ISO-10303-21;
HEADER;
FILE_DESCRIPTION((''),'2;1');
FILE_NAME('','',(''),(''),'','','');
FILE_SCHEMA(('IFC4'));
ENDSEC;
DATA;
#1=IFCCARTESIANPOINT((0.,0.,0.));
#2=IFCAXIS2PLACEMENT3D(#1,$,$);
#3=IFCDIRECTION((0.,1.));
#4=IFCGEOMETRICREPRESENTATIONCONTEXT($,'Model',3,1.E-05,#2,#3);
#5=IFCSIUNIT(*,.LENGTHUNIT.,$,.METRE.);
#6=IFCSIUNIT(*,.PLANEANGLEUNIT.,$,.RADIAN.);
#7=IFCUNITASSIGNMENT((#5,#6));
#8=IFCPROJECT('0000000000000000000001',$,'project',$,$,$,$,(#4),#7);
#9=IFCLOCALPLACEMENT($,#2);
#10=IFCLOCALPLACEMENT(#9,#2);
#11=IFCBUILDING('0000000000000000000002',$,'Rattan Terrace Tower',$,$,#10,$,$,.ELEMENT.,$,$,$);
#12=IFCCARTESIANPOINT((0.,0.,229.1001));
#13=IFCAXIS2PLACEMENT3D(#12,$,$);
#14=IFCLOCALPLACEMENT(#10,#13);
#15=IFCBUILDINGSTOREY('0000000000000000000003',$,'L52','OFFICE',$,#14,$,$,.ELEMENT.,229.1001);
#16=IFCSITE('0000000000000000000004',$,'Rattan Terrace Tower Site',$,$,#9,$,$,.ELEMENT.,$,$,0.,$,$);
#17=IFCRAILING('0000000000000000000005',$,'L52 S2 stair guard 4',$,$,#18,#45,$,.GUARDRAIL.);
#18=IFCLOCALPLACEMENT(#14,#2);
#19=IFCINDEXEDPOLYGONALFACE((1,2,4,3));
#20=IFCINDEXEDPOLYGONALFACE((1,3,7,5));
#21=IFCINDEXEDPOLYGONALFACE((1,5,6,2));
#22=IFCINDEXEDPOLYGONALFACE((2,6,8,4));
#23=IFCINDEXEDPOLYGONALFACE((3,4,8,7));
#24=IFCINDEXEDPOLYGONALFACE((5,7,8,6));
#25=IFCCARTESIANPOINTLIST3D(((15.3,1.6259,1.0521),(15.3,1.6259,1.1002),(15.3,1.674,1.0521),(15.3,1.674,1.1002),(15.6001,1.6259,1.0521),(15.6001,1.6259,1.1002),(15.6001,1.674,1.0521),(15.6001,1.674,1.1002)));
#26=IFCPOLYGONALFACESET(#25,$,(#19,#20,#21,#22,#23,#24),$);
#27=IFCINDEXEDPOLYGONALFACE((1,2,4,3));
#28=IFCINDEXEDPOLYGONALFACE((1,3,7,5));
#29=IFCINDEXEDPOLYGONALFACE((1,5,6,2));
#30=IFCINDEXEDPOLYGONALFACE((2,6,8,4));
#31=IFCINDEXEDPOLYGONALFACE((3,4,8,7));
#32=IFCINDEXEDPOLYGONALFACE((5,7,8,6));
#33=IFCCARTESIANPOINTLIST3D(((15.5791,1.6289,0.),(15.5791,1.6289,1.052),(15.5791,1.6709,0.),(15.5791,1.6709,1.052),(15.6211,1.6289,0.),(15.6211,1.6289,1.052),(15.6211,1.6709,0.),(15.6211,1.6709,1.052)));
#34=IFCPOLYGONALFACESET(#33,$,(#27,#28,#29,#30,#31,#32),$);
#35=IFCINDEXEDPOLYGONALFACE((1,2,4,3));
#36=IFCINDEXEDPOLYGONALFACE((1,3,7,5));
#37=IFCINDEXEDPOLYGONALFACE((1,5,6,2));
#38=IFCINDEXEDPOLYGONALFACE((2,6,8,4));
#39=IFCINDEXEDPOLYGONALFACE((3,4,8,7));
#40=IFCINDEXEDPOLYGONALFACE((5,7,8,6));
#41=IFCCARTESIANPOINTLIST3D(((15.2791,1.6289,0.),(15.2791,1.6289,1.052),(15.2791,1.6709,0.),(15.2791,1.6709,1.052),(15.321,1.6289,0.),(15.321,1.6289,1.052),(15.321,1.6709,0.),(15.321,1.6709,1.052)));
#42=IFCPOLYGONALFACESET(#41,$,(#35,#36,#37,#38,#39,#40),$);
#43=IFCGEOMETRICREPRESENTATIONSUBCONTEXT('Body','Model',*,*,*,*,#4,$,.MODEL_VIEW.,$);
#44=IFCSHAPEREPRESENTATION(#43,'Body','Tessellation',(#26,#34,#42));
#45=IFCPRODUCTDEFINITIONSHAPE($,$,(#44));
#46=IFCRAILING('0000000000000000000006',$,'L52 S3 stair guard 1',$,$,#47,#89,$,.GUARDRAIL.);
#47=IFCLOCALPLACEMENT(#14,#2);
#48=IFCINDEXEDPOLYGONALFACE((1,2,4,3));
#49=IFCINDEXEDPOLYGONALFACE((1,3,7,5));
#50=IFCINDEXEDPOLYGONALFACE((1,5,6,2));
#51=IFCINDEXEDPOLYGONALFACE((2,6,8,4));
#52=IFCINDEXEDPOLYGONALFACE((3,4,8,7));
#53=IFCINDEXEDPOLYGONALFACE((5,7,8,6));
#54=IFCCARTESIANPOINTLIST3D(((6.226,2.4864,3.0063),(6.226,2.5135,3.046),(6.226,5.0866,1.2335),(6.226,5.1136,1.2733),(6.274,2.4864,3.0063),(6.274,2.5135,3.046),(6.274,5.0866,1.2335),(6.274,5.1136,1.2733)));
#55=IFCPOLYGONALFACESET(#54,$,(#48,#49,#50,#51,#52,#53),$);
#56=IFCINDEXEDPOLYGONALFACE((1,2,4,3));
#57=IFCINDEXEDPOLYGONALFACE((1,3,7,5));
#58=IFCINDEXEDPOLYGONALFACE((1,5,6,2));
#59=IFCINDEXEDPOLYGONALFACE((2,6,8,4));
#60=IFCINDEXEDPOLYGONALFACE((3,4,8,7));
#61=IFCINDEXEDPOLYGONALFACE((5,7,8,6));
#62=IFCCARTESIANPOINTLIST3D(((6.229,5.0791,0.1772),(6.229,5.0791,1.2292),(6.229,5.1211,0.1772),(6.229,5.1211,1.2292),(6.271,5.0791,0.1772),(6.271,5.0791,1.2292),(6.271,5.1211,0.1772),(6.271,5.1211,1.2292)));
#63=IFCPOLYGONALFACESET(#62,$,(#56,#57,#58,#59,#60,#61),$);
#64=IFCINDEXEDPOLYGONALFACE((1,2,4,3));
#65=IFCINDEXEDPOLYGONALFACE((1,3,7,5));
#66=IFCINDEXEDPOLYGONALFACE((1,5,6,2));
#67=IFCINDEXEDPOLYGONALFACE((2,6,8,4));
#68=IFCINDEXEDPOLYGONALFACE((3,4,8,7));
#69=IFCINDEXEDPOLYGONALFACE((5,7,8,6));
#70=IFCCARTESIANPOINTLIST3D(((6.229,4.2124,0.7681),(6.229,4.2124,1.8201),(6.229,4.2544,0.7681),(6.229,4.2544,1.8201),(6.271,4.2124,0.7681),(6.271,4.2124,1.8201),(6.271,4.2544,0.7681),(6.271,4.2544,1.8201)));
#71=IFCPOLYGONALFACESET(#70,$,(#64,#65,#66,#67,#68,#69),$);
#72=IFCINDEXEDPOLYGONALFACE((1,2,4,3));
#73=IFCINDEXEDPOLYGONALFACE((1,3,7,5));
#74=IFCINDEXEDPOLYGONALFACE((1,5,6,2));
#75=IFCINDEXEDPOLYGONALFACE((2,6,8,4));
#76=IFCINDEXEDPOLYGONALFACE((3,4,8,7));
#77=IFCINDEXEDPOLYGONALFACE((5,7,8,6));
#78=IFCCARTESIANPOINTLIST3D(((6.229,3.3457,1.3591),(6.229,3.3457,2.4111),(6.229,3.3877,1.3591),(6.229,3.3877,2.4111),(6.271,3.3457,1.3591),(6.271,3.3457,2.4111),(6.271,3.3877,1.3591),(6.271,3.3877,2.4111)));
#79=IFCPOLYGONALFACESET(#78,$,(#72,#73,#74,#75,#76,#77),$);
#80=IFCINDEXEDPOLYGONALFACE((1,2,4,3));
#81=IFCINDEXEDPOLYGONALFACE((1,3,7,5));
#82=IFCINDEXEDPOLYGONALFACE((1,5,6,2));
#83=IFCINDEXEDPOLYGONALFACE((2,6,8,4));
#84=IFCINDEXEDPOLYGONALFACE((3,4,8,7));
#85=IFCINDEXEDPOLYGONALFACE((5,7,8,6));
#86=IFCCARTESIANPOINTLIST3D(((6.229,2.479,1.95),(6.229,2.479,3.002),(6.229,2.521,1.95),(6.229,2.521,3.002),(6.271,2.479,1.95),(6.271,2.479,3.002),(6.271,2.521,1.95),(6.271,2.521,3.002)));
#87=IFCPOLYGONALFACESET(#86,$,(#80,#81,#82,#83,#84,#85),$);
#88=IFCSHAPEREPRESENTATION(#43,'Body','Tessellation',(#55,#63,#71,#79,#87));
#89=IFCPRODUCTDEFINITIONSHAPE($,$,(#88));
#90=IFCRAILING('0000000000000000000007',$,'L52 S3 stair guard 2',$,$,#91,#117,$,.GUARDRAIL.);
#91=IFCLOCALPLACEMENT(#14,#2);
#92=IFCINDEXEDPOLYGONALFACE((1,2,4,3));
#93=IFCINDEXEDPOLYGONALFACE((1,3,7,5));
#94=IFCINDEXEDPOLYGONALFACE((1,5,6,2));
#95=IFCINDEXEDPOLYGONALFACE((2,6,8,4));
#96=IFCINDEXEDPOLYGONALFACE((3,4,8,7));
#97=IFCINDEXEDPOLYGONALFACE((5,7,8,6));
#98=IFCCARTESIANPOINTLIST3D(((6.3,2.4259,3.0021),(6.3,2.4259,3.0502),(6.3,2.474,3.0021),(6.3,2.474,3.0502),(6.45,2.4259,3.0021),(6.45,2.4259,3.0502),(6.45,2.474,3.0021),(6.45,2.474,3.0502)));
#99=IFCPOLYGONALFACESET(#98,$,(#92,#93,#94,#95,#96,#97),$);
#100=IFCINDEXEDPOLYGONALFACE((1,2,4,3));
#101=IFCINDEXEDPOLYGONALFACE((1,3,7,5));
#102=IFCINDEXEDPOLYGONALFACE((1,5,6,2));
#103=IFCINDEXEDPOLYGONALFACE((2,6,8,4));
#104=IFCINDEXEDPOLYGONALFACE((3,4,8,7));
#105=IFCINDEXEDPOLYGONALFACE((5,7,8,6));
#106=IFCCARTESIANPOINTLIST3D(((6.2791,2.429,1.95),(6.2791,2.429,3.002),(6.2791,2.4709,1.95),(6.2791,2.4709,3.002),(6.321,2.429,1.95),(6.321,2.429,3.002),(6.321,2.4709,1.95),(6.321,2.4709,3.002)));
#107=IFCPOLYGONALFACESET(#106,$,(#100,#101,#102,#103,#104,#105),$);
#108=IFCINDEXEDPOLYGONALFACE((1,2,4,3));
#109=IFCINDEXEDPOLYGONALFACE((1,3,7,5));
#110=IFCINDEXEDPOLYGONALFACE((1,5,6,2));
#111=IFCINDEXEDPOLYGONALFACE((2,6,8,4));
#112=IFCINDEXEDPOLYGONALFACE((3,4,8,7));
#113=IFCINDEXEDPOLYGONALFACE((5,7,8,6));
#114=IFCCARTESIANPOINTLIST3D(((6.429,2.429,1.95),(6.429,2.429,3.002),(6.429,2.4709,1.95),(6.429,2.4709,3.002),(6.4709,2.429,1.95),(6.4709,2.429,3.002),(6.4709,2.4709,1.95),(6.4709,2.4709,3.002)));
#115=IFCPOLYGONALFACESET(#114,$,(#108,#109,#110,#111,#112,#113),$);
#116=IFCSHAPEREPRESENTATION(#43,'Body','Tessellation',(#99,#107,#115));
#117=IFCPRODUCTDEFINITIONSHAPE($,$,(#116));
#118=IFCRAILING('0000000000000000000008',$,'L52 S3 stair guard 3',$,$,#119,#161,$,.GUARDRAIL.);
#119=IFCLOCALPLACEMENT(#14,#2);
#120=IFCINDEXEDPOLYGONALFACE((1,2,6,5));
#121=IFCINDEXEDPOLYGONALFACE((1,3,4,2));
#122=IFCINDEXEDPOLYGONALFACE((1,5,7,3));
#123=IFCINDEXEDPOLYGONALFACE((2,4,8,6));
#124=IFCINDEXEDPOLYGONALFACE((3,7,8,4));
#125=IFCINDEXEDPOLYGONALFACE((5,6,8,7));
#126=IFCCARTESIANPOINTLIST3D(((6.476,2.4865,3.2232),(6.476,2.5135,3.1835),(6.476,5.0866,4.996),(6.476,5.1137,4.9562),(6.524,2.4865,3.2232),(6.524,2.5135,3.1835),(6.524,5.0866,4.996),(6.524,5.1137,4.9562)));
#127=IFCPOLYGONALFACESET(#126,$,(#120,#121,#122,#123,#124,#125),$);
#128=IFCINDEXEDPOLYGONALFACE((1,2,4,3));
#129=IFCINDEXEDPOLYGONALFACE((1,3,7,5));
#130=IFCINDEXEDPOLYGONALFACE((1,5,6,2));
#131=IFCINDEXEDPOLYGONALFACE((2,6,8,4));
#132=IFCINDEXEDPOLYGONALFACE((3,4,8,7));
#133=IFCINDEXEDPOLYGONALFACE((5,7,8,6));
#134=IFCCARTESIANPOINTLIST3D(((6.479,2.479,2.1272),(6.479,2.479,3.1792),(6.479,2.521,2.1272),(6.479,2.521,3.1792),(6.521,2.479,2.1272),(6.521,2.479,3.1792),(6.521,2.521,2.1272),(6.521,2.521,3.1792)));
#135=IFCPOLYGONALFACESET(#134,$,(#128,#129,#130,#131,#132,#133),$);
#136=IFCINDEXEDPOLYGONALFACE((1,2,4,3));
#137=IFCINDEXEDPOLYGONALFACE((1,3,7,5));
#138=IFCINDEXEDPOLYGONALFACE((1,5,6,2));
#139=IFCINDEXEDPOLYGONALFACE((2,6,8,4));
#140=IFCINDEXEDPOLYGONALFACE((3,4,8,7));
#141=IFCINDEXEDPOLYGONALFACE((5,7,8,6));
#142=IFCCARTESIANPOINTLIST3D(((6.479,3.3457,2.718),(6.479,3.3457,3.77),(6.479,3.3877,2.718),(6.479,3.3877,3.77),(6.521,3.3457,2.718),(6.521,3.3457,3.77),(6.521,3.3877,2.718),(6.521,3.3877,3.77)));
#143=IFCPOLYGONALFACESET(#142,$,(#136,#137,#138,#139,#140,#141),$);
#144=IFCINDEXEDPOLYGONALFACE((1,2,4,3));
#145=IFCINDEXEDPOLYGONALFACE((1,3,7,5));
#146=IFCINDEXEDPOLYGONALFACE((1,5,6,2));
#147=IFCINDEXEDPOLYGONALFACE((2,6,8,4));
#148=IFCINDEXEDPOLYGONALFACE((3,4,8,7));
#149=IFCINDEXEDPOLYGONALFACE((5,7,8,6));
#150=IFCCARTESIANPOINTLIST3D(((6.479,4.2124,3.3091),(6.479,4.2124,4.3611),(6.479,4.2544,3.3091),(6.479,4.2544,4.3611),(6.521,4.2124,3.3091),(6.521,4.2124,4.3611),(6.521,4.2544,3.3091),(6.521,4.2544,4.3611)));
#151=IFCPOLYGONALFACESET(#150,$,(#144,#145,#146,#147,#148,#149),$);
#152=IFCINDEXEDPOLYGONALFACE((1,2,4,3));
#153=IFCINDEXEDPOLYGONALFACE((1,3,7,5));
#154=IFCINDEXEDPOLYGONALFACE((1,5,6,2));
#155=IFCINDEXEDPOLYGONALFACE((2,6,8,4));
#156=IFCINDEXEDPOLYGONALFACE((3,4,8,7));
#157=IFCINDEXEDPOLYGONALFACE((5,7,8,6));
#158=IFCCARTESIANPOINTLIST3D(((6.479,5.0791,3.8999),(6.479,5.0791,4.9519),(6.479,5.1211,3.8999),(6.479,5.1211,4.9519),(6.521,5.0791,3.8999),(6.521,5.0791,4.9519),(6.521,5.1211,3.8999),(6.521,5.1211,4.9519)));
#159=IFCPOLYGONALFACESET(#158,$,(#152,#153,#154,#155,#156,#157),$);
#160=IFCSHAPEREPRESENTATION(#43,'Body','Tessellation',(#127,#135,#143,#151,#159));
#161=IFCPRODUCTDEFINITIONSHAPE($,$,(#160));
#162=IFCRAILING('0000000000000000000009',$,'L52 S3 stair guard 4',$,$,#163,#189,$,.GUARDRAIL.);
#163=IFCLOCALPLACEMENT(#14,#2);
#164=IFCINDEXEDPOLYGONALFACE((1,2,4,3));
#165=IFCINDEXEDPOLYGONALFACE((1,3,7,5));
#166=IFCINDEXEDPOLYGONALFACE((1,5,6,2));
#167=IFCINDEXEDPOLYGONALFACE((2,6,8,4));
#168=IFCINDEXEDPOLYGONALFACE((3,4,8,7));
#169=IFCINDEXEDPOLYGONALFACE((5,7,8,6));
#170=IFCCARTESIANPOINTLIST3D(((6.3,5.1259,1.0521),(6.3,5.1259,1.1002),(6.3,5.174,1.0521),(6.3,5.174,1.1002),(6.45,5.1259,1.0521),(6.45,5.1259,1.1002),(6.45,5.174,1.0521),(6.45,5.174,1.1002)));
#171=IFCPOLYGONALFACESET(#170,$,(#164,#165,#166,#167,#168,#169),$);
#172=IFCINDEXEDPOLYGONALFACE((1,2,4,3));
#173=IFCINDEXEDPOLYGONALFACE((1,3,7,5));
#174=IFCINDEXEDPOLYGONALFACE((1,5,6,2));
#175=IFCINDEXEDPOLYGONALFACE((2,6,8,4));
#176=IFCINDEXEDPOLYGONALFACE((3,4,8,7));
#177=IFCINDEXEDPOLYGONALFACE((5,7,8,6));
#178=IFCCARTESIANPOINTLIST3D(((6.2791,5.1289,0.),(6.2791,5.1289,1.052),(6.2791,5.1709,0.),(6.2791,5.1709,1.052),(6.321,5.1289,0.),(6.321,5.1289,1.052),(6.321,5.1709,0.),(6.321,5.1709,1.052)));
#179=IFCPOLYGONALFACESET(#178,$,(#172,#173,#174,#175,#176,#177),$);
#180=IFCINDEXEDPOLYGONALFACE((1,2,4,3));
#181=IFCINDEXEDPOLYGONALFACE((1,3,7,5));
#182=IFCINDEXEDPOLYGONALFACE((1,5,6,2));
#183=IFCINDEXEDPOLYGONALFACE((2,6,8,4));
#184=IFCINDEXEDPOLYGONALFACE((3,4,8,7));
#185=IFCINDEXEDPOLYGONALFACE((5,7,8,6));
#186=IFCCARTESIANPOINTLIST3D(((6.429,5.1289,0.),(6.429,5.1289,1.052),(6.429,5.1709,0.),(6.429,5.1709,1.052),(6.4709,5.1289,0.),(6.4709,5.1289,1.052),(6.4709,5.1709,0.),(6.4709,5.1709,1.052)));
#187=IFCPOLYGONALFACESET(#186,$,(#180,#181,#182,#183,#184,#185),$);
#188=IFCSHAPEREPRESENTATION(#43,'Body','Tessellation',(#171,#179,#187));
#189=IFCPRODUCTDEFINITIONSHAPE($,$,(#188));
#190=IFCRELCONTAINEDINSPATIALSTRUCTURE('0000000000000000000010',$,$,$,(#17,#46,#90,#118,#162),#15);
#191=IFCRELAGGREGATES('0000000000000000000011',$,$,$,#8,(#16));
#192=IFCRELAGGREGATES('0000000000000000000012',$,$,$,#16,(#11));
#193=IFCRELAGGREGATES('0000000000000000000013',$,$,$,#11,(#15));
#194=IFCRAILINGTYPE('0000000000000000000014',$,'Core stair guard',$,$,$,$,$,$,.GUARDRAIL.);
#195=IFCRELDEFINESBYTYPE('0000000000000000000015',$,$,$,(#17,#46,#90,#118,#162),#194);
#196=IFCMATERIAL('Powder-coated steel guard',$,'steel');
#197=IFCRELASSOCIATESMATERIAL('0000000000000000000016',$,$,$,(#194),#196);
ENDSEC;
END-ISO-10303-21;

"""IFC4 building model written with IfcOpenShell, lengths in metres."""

from ifc_helpers import new_model, si_unit, direction, frame, origin, origin_2d, place, context, subcontext, project, spatial, rectangle, extrude, material, type_object, element, save


model = new_model("IFC4")

# Units and contexts
model_context = context("Model", 3, precision=1e-05, world=origin(), true_north=direction((0.0, 1.0)))
body_context = subcontext(model_context, "Body", "Model", "MODEL_VIEW")
ifc_project = project(units=[si_unit("LENGTHUNIT", "METRE"), si_unit("PLANEANGLEUNIT", "RADIAN")], contexts=[model_context])

# Site, building, storey
site_placement = place(None, origin())
site = spatial("IfcSite", under=ifc_project, at=site_placement, Name="Rattan Terrace Tower Site", CompositionType="ELEMENT", RefElevation=0.0)
building_placement = place(site_placement, origin())
building = spatial("IfcBuilding", under=site, at=building_placement, Name="Rattan Terrace Tower", CompositionType="ELEMENT")
storey_placement = place(building_placement, frame((0.0, 0.0, 229.1001)))
storey = spatial("IfcBuildingStorey", under=building, at=storey_placement, Name="L52", Description="OFFICE", CompositionType="ELEMENT", Elevation=229.1001)

# Railings
ifc_material_1 = material(Name="Powder-coated steel guard", Category="steel")
railing_type_1 = type_object("IfcRailingType", Name="Core stair guard", PredefinedType="GUARDRAIL", material=ifc_material_1)
railing_1_placement = place(storey_placement, frame((15.6001, 1.6499, 0.0)))
element("IfcRailing", 1, at=railing_1_placement, inside=storey, type_object=railing_type_1, Name="L52 S2 stair guard 4", PredefinedType="GUARDRAIL", context=body_context, shape_type="SweptSolid", body=[
    extrude(rectangle(XDim=0.0481, YDim=0.0481, at=origin_2d()), frame((0.0, 0.0, 1.0762), z_axis=(-1.0, 0.0, 0.0), x_axis=(0.0, -1.0, 0.0)), (0.0, 0.0, 1.0), 0.3),
    extrude(rectangle(XDim=0.042, YDim=0.042, at=origin_2d()), origin(), (0.0, 0.0, 1.0), 1.052),
    extrude(rectangle(XDim=0.042, YDim=0.042, at=origin_2d()), frame((-0.3, 0.0, 0.0)), (0.0, 0.0, 1.0), 1.052),
])
railing_2_placement = place(storey_placement, frame((6.25, 5.1001, 0.1772)))
element("IfcRailing", 2, at=railing_2_placement, inside=storey, type_object=railing_type_1, Name="L52 S3 stair guard 1", PredefinedType="GUARDRAIL", context=body_context, shape_type="SweptSolid", body=[
    extrude(rectangle(XDim=0.0481, YDim=0.0481, at=origin_2d()), frame((0.0, 0.0, 1.0762), z_axis=(0.0, -0.82624, 0.563318), x_axis=(1.0, 0.0, 0.0)), (0.0, 0.0, 1.0), 3.147),
    extrude(rectangle(XDim=0.042, YDim=0.042, at=origin_2d()), origin(), (0.0, 0.0, 1.0), 1.052),
    extrude(rectangle(XDim=0.042, YDim=0.042, at=origin_2d()), frame((0.0, -0.8667, 0.5908)), (0.0, 0.0, 1.0), 1.052),
    extrude(rectangle(XDim=0.042, YDim=0.042, at=origin_2d()), frame((0.0, -1.7334, 1.1819)), (0.0, 0.0, 1.0), 1.052),
    extrude(rectangle(XDim=0.042, YDim=0.042, at=origin_2d()), frame((0.0, -2.6001, 1.7727)), (0.0, 0.0, 1.0), 1.052),
])
railing_3_placement = place(storey_placement, frame((6.3, 2.45, 1.95)))
element("IfcRailing", 3, at=railing_3_placement, inside=storey, type_object=railing_type_1, Name="L52 S3 stair guard 2", PredefinedType="GUARDRAIL", context=body_context, shape_type="SweptSolid", body=[
    extrude(rectangle(XDim=0.0481, YDim=0.0481, at=origin_2d()), frame((0.0, 0.0, 1.0762), z_axis=(1.0, 0.0, 0.0), x_axis=(0.0, 1.0, 0.0)), (0.0, 0.0, 1.0), 0.1499),
    extrude(rectangle(XDim=0.042, YDim=0.042, at=origin_2d()), origin(), (0.0, 0.0, 1.0), 1.052),
    extrude(rectangle(XDim=0.042, YDim=0.042, at=origin_2d()), frame((0.1499, 0.0, 0.0)), (0.0, 0.0, 1.0), 1.052),
])
railing_4_placement = place(storey_placement, frame((6.5, 2.5, 2.1272)))
element("IfcRailing", 4, at=railing_4_placement, inside=storey, type_object=railing_type_1, Name="L52 S3 stair guard 3", PredefinedType="GUARDRAIL", context=body_context, shape_type="SweptSolid", body=[
    extrude(rectangle(XDim=0.0481, YDim=0.0481, at=origin_2d()), frame((0.0, 0.0, 1.0762), z_axis=(0.0, 0.82624, 0.563318), x_axis=(-1.0, 0.0, 0.0)), (0.0, 0.0, 1.0), 3.147),
    extrude(rectangle(XDim=0.042, YDim=0.042, at=origin_2d()), origin(), (0.0, 0.0, 1.0), 1.052),
    extrude(rectangle(XDim=0.042, YDim=0.042, at=origin_2d()), frame((0.0, 0.8667, 0.5908)), (0.0, 0.0, 1.0), 1.052),
    extrude(rectangle(XDim=0.042, YDim=0.042, at=origin_2d()), frame((0.0, 1.7334, 1.1819)), (0.0, 0.0, 1.0), 1.052),
    extrude(rectangle(XDim=0.042, YDim=0.042, at=origin_2d()), frame((0.0, 2.6001, 1.7727)), (0.0, 0.0, 1.0), 1.052),
])
railing_5_placement = place(storey_placement, frame((6.3, 5.1499, 0.0)))
element("IfcRailing", 5, at=railing_5_placement, inside=storey, type_object=railing_type_1, Name="L52 S3 stair guard 4", PredefinedType="GUARDRAIL", context=body_context, shape_type="SweptSolid", body=[
    extrude(rectangle(XDim=0.0481, YDim=0.0481, at=origin_2d()), frame((0.0, 0.0, 1.0762), z_axis=(1.0, 0.0, 0.0), x_axis=(0.0, 1.0, 0.0)), (0.0, 0.0, 1.0), 0.1499),
    extrude(rectangle(XDim=0.042, YDim=0.042, at=origin_2d()), origin(), (0.0, 0.0, 1.0), 1.052),
    extrude(rectangle(XDim=0.042, YDim=0.042, at=origin_2d()), frame((0.1499, 0.0, 0.0)), (0.0, 0.0, 1.0), 1.052),
])

save(model, "model.ifc")
